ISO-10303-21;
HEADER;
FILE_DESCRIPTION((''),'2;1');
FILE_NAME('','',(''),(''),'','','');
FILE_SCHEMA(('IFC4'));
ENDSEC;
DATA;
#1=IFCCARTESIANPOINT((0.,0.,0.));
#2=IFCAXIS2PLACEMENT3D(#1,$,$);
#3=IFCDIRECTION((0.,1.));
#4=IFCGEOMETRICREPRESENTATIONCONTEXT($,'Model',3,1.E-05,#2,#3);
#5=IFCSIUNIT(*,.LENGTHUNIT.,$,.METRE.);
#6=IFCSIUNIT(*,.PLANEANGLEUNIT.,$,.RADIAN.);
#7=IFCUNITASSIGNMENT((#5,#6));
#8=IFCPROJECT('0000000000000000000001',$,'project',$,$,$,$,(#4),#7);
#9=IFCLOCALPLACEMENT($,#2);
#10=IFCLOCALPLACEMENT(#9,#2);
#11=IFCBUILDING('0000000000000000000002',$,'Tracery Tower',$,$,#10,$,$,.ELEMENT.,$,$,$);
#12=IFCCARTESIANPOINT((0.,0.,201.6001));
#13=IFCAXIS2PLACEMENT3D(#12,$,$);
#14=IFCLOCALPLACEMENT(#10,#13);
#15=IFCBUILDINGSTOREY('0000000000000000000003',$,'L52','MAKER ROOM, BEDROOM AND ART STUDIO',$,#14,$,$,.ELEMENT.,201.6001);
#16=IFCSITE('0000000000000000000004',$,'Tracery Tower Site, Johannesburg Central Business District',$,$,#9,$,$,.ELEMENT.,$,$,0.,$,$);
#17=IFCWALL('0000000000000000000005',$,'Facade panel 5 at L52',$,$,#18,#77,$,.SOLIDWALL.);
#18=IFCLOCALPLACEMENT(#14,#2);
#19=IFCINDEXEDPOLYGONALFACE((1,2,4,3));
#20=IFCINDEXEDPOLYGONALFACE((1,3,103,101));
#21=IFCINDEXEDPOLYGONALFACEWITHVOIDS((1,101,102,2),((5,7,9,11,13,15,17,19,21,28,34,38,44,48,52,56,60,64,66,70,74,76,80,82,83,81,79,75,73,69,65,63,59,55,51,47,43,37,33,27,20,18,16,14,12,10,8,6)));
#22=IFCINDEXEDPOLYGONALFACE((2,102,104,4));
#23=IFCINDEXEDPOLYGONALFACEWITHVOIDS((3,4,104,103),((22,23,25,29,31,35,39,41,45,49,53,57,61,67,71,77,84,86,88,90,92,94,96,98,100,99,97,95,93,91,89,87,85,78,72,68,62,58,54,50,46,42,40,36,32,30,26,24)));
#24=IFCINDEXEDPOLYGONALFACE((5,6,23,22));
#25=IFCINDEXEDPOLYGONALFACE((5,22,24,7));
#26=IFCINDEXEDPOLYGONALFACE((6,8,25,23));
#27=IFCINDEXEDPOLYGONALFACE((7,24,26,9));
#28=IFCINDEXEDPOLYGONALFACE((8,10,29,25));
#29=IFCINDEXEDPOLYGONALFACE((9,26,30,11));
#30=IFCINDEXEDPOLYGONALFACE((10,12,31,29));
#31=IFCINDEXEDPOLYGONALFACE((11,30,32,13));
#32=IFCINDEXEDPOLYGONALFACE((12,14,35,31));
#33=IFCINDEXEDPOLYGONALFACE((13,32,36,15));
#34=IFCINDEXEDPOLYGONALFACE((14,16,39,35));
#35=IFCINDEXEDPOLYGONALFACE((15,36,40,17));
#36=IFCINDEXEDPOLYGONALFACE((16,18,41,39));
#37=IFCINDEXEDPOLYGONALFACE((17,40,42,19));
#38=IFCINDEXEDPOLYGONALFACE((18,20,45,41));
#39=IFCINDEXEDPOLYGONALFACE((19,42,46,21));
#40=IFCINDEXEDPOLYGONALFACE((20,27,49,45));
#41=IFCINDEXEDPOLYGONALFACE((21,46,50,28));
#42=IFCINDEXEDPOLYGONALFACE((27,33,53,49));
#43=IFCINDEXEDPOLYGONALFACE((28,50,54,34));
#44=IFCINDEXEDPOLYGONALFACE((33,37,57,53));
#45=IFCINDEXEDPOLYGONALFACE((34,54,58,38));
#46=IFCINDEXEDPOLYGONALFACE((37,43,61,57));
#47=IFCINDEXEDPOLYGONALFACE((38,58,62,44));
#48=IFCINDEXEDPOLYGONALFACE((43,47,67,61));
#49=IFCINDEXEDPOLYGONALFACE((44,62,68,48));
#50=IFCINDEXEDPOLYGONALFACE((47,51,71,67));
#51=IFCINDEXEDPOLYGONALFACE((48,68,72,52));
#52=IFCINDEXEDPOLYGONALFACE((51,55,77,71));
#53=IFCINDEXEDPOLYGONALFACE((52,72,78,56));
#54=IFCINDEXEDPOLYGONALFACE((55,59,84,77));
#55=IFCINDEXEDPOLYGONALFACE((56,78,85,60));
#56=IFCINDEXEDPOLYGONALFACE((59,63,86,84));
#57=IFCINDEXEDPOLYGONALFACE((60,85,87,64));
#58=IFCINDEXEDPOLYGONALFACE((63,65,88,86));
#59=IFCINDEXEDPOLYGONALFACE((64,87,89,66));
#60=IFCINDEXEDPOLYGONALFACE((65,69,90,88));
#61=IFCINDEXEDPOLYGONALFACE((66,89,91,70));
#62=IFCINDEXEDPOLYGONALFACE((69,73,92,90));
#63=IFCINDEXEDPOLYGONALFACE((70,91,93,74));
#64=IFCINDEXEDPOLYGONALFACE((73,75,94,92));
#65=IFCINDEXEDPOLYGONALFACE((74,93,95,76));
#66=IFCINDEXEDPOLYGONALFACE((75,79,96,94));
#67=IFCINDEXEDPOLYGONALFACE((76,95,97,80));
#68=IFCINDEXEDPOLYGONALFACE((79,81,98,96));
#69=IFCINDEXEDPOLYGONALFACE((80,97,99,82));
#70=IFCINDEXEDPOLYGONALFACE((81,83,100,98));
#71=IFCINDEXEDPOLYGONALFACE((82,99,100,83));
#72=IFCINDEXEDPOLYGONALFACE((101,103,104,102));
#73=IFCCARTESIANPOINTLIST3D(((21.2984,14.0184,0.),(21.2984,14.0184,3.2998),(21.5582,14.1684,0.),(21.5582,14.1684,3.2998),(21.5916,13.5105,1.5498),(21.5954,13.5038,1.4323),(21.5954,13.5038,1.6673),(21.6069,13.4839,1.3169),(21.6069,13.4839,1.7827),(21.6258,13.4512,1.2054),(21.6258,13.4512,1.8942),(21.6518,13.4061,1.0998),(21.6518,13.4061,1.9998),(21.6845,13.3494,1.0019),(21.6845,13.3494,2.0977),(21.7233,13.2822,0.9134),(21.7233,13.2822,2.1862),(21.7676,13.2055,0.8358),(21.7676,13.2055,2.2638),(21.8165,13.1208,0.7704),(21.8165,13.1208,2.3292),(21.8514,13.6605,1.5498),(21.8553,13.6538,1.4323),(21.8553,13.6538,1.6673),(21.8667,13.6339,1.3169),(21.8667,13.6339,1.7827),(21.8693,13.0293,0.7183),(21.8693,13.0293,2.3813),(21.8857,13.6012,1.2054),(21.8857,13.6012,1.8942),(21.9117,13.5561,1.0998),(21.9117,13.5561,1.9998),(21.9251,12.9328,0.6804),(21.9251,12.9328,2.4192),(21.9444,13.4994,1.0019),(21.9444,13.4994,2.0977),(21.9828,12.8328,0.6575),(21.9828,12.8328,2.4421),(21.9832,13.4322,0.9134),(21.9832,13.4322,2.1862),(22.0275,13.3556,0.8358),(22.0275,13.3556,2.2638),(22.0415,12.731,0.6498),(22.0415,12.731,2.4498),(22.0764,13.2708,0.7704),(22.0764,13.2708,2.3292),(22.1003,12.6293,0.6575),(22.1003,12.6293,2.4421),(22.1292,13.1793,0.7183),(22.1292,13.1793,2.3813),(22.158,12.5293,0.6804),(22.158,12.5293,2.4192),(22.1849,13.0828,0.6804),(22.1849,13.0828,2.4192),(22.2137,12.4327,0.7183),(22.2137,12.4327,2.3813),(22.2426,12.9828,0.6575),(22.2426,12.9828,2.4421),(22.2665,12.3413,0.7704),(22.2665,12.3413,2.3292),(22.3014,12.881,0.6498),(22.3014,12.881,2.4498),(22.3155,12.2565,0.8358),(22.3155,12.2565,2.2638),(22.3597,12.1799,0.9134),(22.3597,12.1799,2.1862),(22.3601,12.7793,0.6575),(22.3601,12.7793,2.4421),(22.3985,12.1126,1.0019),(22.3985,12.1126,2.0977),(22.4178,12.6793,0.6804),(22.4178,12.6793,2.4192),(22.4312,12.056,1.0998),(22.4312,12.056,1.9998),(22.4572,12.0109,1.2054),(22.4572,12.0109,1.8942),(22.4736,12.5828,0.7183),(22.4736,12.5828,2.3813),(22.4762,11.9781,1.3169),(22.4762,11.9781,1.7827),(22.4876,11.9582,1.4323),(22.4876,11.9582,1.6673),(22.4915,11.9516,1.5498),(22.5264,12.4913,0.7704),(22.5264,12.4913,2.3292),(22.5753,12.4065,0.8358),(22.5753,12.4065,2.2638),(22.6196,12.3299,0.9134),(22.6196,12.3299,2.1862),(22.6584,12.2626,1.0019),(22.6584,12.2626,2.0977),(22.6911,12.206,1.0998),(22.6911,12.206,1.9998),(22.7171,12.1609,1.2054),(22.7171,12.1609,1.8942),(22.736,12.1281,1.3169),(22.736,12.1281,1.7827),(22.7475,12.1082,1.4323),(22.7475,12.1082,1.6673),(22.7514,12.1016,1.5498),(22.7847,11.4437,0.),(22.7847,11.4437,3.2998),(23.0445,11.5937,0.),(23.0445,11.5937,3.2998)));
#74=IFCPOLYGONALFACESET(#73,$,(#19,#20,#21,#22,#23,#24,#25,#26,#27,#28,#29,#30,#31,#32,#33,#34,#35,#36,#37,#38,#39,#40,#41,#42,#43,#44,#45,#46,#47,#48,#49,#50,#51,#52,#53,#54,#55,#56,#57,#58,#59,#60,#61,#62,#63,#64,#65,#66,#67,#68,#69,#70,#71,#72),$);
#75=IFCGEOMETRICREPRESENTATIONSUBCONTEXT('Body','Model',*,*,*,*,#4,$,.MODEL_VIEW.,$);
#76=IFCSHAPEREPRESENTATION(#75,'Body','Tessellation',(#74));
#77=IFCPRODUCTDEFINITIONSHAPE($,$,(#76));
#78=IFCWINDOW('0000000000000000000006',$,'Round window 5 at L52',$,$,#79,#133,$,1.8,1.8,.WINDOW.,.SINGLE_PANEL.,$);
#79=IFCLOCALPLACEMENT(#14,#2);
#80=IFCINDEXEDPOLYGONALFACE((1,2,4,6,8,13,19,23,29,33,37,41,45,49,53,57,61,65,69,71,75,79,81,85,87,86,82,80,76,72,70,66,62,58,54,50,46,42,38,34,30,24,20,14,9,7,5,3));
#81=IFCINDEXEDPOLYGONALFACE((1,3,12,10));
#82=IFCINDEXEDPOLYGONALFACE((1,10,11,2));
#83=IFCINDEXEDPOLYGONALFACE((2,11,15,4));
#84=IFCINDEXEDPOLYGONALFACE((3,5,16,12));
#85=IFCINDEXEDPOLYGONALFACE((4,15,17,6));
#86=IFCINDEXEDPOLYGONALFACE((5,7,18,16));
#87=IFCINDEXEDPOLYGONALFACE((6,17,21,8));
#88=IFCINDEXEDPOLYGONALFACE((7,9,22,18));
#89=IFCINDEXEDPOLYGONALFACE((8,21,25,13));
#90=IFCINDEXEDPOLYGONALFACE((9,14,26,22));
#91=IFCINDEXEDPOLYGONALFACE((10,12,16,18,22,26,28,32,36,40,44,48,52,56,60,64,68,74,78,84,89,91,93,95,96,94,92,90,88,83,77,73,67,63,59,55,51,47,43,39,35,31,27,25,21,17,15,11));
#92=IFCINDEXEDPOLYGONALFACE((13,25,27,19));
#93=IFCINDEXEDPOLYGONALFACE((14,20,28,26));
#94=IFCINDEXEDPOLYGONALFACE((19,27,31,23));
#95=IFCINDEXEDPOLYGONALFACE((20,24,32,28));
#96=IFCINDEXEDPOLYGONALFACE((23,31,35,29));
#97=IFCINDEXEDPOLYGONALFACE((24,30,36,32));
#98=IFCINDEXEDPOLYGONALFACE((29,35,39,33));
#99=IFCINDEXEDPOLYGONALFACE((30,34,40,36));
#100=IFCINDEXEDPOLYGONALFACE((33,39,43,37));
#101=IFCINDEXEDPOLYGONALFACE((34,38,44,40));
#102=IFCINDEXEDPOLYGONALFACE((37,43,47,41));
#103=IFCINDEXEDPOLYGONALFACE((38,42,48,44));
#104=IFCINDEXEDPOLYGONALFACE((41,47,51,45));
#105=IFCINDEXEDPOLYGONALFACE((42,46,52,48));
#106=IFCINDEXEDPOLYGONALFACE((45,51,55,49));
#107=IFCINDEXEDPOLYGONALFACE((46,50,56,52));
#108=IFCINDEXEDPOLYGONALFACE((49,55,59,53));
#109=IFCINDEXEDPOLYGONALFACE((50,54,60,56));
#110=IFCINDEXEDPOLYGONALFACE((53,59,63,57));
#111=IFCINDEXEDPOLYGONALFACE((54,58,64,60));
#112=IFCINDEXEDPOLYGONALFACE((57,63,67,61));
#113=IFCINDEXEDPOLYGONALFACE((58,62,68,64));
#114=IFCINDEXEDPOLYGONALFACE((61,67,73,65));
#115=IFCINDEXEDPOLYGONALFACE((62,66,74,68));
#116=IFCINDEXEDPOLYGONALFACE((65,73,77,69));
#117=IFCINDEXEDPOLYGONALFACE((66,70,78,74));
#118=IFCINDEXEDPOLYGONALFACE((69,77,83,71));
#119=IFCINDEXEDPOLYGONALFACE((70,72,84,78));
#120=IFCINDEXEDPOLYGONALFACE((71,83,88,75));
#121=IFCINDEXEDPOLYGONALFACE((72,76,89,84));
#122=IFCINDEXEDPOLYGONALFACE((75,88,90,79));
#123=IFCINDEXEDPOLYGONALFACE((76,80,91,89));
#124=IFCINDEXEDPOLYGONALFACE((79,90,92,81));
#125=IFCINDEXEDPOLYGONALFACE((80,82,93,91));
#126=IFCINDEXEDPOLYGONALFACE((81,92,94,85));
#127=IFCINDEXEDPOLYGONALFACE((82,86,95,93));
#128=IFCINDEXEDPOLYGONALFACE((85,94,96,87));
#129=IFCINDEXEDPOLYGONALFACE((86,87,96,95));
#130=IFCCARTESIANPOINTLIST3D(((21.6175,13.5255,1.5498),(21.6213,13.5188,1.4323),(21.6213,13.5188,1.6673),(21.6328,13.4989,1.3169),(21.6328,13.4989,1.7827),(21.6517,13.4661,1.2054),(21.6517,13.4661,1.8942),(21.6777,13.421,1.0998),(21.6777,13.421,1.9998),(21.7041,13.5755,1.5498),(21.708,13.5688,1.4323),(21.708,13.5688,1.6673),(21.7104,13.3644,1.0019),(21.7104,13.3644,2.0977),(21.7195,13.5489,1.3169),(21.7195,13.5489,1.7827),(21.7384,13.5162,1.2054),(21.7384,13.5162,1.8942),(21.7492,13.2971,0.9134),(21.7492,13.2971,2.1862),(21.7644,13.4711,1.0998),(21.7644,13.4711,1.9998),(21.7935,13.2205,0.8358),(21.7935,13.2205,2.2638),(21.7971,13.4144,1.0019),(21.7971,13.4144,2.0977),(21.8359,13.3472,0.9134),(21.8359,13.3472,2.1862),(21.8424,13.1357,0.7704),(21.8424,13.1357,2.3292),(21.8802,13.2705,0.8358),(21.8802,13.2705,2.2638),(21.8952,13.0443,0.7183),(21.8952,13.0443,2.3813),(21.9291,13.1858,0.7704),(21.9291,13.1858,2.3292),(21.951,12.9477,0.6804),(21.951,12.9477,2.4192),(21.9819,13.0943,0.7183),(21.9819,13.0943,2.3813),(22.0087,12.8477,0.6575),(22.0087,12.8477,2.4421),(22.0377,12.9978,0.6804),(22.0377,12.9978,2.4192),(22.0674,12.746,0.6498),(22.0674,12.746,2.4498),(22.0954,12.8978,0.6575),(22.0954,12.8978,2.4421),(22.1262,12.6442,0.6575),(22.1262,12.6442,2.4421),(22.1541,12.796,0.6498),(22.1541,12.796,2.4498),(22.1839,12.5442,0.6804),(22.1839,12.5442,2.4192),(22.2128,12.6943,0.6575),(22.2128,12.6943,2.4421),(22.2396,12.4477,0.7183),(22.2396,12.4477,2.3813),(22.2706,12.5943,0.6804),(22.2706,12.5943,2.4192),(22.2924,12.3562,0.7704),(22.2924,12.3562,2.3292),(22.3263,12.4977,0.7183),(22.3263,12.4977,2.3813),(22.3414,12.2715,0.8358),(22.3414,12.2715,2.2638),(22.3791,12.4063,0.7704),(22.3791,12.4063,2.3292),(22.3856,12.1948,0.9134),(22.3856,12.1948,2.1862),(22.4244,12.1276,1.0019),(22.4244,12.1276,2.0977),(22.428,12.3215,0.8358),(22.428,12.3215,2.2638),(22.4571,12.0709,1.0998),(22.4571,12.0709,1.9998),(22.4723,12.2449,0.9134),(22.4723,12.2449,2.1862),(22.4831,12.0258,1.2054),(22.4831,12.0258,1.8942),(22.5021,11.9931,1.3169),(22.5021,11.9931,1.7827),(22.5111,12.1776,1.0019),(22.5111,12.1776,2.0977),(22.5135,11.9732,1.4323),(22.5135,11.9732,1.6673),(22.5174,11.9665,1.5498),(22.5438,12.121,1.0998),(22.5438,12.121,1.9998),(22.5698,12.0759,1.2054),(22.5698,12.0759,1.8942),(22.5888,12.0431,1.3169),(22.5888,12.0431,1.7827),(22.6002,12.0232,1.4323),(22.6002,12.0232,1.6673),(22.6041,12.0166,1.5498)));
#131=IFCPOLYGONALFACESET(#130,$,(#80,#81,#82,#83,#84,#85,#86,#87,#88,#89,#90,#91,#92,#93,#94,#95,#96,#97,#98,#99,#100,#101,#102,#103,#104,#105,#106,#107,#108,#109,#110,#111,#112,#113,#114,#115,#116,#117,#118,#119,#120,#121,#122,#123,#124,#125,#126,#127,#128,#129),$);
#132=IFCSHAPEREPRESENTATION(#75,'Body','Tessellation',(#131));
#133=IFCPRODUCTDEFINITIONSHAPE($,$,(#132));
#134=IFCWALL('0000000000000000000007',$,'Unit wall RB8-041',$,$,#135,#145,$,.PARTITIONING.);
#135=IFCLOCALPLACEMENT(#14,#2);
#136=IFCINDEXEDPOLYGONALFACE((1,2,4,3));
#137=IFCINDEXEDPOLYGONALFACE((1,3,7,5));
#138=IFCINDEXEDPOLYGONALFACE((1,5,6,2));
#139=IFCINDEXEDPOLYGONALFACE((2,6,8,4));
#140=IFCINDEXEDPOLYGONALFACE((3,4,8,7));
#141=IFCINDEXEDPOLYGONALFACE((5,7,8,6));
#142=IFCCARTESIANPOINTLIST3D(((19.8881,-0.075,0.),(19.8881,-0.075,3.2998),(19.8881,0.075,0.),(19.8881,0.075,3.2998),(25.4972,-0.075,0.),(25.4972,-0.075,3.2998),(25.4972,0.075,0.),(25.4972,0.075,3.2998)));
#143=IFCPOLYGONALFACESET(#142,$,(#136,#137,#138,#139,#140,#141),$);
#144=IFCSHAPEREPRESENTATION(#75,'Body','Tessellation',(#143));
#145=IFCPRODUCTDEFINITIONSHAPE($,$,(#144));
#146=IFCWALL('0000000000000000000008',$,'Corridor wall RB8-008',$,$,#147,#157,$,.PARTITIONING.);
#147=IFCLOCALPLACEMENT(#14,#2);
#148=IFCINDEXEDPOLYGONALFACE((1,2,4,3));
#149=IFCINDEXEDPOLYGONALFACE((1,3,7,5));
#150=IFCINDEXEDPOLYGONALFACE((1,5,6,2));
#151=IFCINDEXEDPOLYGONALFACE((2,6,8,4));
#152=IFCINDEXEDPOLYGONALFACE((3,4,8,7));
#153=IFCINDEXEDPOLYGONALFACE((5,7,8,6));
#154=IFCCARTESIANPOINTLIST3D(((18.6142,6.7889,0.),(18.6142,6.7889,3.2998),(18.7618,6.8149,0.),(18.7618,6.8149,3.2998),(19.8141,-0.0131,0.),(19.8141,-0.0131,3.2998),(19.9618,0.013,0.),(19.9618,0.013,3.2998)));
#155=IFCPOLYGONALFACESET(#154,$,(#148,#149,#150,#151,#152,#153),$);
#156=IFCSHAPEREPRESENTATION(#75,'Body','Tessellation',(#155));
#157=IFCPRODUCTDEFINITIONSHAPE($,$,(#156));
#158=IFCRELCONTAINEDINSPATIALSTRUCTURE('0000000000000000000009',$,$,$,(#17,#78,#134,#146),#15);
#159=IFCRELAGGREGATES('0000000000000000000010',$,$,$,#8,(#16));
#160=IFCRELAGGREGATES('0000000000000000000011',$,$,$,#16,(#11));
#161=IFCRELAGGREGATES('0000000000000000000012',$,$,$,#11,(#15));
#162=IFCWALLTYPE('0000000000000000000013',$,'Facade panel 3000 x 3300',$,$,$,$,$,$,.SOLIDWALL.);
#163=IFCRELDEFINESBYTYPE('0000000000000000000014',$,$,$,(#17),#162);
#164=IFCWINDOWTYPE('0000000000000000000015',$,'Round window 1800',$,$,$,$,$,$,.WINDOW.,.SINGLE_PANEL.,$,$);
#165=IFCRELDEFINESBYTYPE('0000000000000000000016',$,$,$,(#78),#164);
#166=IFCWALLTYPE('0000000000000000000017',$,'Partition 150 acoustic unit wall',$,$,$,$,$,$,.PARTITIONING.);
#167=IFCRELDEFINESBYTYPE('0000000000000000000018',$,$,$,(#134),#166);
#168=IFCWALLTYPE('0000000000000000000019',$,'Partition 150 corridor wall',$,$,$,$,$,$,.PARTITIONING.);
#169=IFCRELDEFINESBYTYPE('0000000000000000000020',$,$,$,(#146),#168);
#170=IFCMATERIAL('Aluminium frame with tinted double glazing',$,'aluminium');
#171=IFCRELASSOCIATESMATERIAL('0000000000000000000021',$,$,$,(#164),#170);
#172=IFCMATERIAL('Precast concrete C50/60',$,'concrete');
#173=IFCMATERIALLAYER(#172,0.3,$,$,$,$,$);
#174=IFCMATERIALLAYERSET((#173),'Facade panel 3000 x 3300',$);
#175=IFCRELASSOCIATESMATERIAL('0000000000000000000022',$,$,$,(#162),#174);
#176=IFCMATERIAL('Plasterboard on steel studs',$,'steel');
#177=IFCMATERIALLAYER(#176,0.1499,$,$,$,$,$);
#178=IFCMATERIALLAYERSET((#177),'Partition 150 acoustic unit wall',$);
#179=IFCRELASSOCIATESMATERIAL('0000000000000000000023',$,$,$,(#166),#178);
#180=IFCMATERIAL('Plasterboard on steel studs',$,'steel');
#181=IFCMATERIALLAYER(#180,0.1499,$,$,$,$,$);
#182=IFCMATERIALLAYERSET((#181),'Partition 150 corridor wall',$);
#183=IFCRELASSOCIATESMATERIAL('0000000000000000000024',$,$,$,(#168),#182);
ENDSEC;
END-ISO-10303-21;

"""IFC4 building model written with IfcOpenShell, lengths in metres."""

from ifc_helpers import new_model, si_unit, direction, frame, frame_2d, origin, origin_2d, place, context, subcontext, project, spatial, rectangle, circle, extrude, material, layer, layer_set, type_object, element, fill, save


model = new_model("IFC4")

# Units and contexts
model_context = context("Model", 3, precision=1e-05, world=origin(), true_north=direction((0.0, 1.0)))
body_context = subcontext(model_context, "Body", "Model", "MODEL_VIEW")
ifc_project = project(units=[si_unit("LENGTHUNIT", "METRE"), si_unit("PLANEANGLEUNIT", "RADIAN")], contexts=[model_context])

# Site, building, storey
site_placement = place(None, origin())
site = spatial("IfcSite", under=ifc_project, at=site_placement, Name="Tracery Tower Site, Johannesburg Central Business District", CompositionType="ELEMENT", RefElevation=0.0)
building_placement = place(site_placement, origin())
building = spatial("IfcBuilding", under=site, at=building_placement, Name="Tracery Tower", CompositionType="ELEMENT")
storey_placement = place(building_placement, frame((0.0, 0.0, 201.6001)))
storey = spatial("IfcBuildingStorey", under=building, at=storey_placement, Name="L52", Description="MAKER ROOM, BEDROOM AND ART STUDIO", CompositionType="ELEMENT", Elevation=201.6001)

# Wall, opening, window
ifc_material_1 = material(Name="Aluminium frame with tinted double glazing", Category="aluminium")
window_type = type_object("IfcWindowType", Name="Round window 1800", PartitioningType="SINGLE_PANEL", PredefinedType="WINDOW", material=ifc_material_1)
ifc_material_2 = material(Name="Precast concrete C50/60", Category="concrete")
ifc_layer_1 = layer(ifc_material_2, 0.3)
ifc_layer_set_1 = layer_set([ifc_layer_1], Name="Facade panel 3000 x 3300")
wall_type_1 = type_object("IfcWallType", Name="Facade panel 3000 x 3300", PredefinedType="SOLIDWALL", material=ifc_layer_set_1)
wall_1_placement = place(storey_placement, frame((22.9146, 11.5188, 0.0), z_axis=(0.0, 0.0, 1.0), x_axis=(-0.499955, 0.866052, 0.0)))
wall_1 = element("IfcWall", 1, at=wall_1_placement, inside=storey, type_object=wall_type_1, Name="Facade panel 5 at L52", PredefinedType="SOLIDWALL", context=body_context, shape_type="SweptSolid", body=[
    extrude(rectangle(XDim=2.9729, YDim=0.3, at=frame_2d((1.4863, 0.0))), origin(), (0.0, 0.0, 1.0), 3.2998),
])
opening_1_placement = place(wall_1_placement, frame((1.4863, 0.0, 1.5498)))
opening_1 = element("IfcOpeningElement", 2, at=opening_1_placement, cuts=wall_1, PredefinedType="OPENING", context=body_context, shape_type="SweptSolid", body=[
    extrude(circle(Radius=0.9, at=origin_2d()), frame((0.0, 0.1599, 0.0), z_axis=(0.0, -1.0, 0.0), x_axis=(1.0, 0.0, 0.0)), (0.0, 0.0, 1.0), 0.3201),
])
window_1_placement = place(opening_1_placement, origin())
window_1 = element("IfcWindow", 3, at=window_1_placement, inside=storey, type_object=window_type, Name="Round window 5 at L52", OverallHeight=1.8, OverallWidth=1.8, PartitioningType="SINGLE_PANEL", PredefinedType="WINDOW", context=body_context, shape_type="SweptSolid", body=[
    extrude(circle(Radius=0.9, at=origin_2d()), frame((0.0, 0.1201, 0.0), z_axis=(0.0, -1.0, 0.0), x_axis=(1.0, 0.0, 0.0)), (0.0, 0.0, 1.0), 0.1001),
])
fill(opening_1, window_1)

# Walls
ifc_material_3 = material(Name="Plasterboard on steel studs", Category="steel")
ifc_layer_2 = layer(ifc_material_3, 0.1499)
ifc_layer_set_2 = layer_set([ifc_layer_2], Name="Partition 150 acoustic unit wall")
wall_type_2 = type_object("IfcWallType", Name="Partition 150 acoustic unit wall", PredefinedType="PARTITIONING", material=ifc_layer_set_2)
wall_2_placement = place(storey_placement, frame((19.8879, 0.0, 0.0), z_axis=(0.0, 0.0, 1.0), x_axis=(1.0, 0.0, 0.0)))
element("IfcWall", 4, at=wall_2_placement, inside=storey, type_object=wall_type_2, Name="Unit wall RB8-041", PredefinedType="PARTITIONING", context=body_context, shape_type="SweptSolid", body=[
    extrude(rectangle(XDim=5.6091, YDim=0.1499, at=frame_2d((2.8047, 0.0))), origin(), (0.0, 0.0, 1.0), 3.2998),
])
ifc_material_4 = material(Name="Plasterboard on steel studs", Category="steel")
ifc_layer_3 = layer(ifc_material_4, 0.1499)
ifc_layer_set_3 = layer_set([ifc_layer_3], Name="Partition 150 corridor wall")
wall_type_3 = type_object("IfcWallType", Name="Partition 150 corridor wall", PredefinedType="PARTITIONING", material=ifc_layer_set_3)
wall_3_placement = place(storey_placement, frame((18.688, 6.802, 0.0), z_axis=(0.0, 0.0, 1.0), x_axis=(0.173729, -0.984794, 0.0)))
element("IfcWall", 5, at=wall_3_placement, inside=storey, type_object=wall_type_3, Name="Corridor wall RB8-008", PredefinedType="PARTITIONING", context=body_context, shape_type="SweptSolid", body=[
    extrude(rectangle(XDim=6.907, YDim=0.1499, at=frame_2d((3.4536, 0.0))), origin(), (0.0, 0.0, 1.0), 3.2998),
])

save(model, "model.ifc")
